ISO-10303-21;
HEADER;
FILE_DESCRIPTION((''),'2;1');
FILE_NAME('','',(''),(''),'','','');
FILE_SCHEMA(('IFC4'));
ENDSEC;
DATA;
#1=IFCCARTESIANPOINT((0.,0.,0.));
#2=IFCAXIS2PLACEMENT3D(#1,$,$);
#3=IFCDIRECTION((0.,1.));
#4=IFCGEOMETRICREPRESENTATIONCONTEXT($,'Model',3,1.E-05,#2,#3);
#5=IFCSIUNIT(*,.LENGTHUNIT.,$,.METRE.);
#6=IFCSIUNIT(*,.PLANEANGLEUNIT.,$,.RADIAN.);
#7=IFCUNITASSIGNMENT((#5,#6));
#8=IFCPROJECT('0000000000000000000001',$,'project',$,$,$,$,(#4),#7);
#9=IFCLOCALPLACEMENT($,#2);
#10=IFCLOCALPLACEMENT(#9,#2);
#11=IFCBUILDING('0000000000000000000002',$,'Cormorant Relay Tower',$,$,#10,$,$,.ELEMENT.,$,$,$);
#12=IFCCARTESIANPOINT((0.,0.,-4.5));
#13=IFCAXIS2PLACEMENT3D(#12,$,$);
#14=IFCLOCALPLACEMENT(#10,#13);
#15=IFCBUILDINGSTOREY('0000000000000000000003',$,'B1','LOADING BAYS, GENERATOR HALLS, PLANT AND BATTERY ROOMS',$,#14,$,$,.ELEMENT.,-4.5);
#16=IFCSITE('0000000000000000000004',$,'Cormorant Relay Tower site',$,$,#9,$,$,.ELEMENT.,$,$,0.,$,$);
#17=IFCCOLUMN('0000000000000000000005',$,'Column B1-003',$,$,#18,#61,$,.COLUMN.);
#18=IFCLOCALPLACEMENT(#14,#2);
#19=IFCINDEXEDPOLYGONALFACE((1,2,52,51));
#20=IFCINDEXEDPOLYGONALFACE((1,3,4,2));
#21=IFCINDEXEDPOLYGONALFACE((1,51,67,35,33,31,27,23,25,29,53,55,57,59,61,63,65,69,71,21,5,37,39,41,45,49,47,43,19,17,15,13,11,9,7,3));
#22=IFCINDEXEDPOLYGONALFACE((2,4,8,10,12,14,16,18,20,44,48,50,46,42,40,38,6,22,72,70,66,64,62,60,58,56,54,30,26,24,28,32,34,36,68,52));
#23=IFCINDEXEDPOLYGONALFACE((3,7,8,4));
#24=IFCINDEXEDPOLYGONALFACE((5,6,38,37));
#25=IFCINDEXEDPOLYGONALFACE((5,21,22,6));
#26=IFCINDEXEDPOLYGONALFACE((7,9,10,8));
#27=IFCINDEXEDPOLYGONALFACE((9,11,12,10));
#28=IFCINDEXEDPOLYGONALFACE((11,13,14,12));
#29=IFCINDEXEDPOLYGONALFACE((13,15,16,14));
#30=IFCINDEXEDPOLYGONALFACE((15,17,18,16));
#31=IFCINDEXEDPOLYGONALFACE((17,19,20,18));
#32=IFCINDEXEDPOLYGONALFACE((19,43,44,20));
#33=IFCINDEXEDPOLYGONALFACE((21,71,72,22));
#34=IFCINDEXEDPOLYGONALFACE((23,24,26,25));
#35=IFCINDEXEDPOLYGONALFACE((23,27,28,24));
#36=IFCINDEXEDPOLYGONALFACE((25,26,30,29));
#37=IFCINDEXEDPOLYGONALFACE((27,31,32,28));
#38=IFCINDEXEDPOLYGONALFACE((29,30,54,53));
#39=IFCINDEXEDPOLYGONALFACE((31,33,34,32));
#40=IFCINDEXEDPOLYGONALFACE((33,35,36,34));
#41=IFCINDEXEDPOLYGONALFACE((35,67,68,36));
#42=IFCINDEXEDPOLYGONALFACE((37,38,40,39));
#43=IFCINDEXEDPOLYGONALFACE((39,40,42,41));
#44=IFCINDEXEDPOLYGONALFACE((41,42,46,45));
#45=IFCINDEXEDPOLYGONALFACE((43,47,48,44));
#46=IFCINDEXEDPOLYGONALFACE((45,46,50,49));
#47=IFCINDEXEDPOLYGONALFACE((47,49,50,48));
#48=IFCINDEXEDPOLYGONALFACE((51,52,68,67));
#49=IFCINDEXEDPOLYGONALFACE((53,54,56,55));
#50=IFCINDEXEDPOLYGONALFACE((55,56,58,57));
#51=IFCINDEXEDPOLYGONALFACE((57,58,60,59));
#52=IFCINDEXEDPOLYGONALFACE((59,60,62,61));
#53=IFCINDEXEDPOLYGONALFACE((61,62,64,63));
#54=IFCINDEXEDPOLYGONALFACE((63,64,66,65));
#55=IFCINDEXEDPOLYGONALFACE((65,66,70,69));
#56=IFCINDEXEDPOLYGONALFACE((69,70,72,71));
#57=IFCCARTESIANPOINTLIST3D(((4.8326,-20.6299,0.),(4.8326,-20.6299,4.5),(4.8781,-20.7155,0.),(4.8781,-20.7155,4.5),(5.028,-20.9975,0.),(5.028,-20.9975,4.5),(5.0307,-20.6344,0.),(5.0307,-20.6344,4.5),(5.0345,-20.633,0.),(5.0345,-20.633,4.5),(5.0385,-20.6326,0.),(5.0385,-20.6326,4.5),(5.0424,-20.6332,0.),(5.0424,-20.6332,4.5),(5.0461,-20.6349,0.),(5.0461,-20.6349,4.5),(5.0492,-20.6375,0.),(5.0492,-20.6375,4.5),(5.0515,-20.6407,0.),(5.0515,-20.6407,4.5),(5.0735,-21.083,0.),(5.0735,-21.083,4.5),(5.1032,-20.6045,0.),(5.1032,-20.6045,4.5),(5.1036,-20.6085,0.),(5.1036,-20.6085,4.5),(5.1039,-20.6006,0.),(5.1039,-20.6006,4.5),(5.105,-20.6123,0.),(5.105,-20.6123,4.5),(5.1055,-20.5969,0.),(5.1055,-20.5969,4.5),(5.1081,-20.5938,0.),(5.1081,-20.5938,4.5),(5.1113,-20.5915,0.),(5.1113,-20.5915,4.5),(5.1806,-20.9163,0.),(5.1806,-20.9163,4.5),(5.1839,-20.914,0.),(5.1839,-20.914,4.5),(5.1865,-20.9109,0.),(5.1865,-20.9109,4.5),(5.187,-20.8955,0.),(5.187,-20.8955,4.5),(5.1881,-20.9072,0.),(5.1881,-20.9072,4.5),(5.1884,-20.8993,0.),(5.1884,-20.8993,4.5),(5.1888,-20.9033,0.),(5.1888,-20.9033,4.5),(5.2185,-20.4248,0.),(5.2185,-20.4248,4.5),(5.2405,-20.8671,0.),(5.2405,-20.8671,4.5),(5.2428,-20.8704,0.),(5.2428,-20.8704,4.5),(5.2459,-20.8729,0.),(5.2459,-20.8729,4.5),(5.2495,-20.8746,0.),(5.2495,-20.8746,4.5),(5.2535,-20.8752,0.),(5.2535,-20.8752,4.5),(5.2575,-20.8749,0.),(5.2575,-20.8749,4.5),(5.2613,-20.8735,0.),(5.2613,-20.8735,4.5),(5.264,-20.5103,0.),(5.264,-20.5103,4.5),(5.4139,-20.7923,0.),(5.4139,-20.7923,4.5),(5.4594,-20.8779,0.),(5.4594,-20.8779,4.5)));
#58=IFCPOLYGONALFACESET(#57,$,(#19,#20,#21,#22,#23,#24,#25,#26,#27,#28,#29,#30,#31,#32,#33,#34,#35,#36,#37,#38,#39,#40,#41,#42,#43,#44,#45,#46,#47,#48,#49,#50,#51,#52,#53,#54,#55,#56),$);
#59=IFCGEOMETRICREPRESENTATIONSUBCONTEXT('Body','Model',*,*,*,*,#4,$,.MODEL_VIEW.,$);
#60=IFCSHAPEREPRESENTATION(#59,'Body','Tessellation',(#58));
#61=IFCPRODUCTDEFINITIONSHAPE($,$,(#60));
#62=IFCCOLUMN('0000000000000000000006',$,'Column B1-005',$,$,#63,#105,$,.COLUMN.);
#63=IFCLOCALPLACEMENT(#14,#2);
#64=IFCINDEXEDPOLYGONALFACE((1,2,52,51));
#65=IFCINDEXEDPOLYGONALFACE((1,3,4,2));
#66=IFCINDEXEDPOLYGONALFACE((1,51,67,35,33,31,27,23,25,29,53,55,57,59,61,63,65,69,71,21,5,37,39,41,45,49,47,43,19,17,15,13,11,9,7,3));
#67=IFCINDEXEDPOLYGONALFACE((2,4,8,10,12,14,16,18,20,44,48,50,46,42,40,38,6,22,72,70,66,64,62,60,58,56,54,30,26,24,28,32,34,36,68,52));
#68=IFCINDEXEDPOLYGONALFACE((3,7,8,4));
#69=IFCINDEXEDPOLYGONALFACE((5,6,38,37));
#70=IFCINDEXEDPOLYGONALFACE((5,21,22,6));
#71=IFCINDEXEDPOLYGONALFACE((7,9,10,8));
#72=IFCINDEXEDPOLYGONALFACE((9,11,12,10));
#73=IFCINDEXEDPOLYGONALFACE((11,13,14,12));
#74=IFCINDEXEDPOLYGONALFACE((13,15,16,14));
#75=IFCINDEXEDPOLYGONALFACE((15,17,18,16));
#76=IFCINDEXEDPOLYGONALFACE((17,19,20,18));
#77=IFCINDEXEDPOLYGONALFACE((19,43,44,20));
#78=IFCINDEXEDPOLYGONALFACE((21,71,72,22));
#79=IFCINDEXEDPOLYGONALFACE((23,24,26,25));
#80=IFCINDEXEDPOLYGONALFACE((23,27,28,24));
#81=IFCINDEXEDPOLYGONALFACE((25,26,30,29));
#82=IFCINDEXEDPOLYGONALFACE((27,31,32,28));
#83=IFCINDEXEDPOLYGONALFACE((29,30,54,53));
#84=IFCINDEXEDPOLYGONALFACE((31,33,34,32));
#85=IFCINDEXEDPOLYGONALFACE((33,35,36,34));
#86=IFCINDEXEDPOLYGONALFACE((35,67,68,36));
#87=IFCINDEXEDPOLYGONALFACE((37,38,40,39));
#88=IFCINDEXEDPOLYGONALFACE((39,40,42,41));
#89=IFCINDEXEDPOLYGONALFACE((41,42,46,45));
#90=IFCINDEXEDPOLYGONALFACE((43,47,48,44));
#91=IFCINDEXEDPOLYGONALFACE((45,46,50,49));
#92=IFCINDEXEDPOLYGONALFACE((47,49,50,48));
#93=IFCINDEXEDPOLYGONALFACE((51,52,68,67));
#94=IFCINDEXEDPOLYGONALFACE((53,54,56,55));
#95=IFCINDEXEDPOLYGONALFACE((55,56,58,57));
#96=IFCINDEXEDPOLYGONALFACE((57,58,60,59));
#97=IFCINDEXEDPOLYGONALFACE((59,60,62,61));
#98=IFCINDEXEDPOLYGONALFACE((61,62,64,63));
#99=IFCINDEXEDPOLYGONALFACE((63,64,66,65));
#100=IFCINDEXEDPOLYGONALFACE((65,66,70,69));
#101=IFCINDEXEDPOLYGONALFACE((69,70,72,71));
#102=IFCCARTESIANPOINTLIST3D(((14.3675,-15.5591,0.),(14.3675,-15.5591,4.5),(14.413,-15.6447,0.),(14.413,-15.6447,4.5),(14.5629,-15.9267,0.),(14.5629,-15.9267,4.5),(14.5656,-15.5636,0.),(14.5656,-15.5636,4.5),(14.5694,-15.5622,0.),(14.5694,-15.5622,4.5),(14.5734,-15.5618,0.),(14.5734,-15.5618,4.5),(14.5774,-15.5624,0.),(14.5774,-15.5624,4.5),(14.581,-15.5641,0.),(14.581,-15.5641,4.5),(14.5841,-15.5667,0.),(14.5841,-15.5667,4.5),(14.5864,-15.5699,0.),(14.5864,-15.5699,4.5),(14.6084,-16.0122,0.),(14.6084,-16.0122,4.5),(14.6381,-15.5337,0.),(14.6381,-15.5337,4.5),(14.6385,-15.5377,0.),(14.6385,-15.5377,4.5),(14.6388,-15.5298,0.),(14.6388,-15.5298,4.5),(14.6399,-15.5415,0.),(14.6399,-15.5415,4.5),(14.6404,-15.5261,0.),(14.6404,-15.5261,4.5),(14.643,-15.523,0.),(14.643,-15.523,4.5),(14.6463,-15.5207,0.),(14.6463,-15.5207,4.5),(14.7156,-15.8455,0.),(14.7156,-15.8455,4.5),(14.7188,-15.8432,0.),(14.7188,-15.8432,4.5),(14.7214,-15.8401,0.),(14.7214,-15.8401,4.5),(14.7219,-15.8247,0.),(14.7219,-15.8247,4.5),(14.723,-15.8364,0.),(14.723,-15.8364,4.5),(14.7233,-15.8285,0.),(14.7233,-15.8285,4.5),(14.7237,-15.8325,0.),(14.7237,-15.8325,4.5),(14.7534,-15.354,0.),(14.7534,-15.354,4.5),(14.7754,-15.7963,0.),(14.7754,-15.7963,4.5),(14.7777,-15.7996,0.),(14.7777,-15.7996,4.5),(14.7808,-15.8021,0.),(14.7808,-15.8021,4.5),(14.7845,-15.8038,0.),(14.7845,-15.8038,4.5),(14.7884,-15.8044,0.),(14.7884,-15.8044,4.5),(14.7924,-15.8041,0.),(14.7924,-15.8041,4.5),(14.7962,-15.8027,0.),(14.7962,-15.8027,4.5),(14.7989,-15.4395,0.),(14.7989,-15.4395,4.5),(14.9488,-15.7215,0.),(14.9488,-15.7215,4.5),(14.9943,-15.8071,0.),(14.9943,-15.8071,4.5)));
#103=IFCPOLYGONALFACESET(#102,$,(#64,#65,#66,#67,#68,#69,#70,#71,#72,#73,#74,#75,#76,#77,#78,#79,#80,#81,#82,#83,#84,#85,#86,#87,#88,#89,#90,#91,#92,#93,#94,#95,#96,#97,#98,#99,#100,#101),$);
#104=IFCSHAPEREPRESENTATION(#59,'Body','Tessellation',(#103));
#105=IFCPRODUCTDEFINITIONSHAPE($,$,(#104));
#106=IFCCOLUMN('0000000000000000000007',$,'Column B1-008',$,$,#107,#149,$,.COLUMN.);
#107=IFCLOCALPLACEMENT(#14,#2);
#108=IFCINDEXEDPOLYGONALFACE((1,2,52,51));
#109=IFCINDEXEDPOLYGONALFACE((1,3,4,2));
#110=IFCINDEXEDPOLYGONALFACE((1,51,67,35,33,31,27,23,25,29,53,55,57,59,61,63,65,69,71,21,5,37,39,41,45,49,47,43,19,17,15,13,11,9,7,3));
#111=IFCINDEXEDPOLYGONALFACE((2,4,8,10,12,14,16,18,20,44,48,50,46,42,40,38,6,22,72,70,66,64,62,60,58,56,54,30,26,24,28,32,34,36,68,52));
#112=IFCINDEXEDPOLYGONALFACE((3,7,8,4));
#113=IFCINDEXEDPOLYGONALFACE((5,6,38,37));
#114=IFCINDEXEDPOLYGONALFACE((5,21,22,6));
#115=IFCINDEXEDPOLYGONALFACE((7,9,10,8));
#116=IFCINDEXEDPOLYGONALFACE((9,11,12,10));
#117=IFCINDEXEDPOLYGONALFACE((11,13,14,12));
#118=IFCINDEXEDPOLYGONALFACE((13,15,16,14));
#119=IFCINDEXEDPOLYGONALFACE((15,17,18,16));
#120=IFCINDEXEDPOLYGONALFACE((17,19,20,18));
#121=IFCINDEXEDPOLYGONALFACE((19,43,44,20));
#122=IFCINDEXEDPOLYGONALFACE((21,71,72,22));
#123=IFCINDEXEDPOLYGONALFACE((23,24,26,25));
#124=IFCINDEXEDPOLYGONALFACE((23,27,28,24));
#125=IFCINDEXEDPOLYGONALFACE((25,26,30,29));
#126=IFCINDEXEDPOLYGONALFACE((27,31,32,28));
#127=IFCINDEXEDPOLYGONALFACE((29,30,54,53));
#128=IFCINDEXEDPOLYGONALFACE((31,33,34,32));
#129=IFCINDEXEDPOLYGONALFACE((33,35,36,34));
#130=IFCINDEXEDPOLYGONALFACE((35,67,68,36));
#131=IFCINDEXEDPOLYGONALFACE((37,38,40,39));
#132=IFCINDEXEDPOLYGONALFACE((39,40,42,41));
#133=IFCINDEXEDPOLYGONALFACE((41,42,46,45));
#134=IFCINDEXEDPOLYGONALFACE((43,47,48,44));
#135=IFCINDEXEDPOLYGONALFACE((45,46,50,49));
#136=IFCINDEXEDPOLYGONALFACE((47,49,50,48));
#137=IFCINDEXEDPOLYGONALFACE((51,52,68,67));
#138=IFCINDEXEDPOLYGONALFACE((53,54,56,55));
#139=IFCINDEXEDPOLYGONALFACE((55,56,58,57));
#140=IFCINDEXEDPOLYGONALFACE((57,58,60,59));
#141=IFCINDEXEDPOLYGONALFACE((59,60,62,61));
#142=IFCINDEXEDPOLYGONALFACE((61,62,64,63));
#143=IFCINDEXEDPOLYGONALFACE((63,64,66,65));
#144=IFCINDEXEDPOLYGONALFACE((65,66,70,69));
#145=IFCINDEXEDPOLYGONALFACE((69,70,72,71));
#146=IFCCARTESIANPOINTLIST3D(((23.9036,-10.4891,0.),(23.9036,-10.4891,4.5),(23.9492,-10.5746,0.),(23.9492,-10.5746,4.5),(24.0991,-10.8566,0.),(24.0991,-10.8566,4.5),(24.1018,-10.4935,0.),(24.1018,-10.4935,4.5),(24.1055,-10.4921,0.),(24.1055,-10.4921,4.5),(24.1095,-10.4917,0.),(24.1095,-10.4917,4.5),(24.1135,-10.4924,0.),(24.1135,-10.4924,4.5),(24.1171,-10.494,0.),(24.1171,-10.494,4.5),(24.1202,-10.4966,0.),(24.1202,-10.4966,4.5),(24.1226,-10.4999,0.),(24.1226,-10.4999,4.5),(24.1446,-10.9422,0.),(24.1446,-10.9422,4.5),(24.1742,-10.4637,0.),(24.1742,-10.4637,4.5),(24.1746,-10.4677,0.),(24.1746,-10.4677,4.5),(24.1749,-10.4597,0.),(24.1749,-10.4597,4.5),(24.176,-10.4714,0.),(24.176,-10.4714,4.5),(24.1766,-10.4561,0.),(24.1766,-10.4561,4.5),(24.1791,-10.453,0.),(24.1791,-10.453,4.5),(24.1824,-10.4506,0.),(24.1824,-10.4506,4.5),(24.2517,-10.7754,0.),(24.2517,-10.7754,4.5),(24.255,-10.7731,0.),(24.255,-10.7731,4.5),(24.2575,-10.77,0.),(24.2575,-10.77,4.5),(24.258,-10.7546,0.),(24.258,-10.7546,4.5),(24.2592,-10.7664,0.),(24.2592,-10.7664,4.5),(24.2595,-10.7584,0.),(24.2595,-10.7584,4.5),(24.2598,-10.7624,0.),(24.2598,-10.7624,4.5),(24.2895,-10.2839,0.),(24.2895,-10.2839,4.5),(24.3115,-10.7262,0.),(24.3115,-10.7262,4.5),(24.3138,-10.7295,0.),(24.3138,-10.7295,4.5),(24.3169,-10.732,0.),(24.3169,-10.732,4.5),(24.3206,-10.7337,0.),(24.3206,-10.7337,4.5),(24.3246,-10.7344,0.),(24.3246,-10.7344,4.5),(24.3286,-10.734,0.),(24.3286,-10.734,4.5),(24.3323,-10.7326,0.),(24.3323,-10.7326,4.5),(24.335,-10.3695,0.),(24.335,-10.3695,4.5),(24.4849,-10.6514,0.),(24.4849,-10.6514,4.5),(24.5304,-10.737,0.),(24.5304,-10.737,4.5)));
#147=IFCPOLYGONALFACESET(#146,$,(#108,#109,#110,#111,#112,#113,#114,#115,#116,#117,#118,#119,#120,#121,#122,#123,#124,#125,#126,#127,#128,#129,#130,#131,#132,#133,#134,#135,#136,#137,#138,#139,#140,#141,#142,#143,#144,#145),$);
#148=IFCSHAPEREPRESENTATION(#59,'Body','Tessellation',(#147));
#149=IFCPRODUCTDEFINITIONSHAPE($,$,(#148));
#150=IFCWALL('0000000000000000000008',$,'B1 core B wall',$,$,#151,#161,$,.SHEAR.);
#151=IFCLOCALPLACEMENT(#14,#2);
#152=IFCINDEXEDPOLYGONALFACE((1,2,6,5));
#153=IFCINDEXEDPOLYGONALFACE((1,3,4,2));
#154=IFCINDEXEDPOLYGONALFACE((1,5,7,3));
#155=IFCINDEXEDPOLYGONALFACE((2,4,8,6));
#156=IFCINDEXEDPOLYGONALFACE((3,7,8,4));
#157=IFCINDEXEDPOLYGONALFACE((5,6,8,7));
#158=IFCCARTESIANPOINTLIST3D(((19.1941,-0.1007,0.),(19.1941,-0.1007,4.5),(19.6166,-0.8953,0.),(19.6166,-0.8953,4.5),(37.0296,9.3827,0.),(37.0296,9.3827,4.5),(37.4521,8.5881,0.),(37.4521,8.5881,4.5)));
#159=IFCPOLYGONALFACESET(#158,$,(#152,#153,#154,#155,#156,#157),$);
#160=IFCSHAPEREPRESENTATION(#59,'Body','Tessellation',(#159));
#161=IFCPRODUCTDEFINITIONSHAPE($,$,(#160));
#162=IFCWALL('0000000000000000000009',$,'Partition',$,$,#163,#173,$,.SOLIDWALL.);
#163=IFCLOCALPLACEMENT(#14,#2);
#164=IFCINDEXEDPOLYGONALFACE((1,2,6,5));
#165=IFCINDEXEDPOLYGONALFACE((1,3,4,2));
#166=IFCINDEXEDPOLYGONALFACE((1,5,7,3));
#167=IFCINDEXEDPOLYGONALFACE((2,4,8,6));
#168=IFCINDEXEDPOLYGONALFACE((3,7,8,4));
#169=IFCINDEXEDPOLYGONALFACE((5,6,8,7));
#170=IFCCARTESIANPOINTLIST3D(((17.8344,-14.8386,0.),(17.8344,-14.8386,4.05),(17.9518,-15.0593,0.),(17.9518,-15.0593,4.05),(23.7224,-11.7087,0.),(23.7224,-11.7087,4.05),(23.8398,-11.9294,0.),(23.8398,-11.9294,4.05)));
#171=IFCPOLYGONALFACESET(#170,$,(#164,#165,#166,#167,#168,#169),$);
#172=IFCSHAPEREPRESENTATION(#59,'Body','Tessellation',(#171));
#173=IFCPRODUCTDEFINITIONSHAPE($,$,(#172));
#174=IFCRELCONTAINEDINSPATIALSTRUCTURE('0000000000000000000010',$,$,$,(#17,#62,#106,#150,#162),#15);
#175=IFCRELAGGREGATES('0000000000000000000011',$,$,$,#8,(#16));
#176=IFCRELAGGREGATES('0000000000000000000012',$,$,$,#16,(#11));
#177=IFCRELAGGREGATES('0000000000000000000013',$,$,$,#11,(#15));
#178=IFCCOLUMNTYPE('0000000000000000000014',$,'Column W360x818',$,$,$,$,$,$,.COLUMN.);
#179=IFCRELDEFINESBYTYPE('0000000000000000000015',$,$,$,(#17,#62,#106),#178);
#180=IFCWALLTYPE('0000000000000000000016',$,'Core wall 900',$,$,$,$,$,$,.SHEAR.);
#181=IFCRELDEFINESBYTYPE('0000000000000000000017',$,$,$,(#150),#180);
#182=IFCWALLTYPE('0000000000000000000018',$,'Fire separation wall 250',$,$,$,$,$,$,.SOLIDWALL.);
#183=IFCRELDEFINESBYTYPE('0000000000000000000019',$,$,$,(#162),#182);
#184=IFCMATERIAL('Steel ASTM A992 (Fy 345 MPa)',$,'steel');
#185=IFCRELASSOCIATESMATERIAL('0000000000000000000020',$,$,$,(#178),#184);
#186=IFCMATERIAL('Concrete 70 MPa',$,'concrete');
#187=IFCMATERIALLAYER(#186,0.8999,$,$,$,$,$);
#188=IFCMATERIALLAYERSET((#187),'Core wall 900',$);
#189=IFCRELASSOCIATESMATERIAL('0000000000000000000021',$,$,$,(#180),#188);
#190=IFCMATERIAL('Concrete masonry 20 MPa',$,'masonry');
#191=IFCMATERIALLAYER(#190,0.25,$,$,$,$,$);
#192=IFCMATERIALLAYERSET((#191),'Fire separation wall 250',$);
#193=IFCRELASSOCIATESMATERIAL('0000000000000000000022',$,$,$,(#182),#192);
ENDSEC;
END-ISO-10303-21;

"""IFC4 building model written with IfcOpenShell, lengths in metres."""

from ifc_helpers import new_model, si_unit, direction, frame, frame_2d, origin, origin_2d, place, context, subcontext, project, spatial, rectangle, i_section, extrude, material, layer, layer_set, material_profile, profile_set, type_object, element, save


model = new_model("IFC4")

# Units and contexts
model_context = context("Model", 3, precision=1e-05, world=origin(), true_north=direction((0.0, 1.0)))
body_context = subcontext(model_context, "Body", "Model", "MODEL_VIEW")
ifc_project = project(units=[si_unit("LENGTHUNIT", "METRE"), si_unit("PLANEANGLEUNIT", "RADIAN")], contexts=[model_context])

# Site, building, storey
site_placement = place(None, origin())
site = spatial("IfcSite", under=ifc_project, at=site_placement, Name="Cormorant Relay Tower site", CompositionType="ELEMENT", RefElevation=0.0)
building_placement = place(site_placement, origin())
building = spatial("IfcBuilding", under=site, at=building_placement, Name="Cormorant Relay Tower", CompositionType="ELEMENT")
storey_placement = place(building_placement, frame((0.0, 0.0, -4.5)))
storey = spatial("IfcBuildingStorey", under=building, at=storey_placement, Name="B1", Description="LOADING BAYS, GENERATOR HALLS, PLANT AND BATTERY ROOMS", CompositionType="ELEMENT", Elevation=-4.5)

# Columns
ifc_material_1 = material(Name="Steel ASTM A992 (Fy 345 MPa)", Category="steel")
ifc_material_profile_1 = material_profile(ifc_material_1, i_section(OverallWidth=0.437, OverallDepth=0.5132, WebThickness=0.0605, FlangeThickness=0.0969, FilletRadius=0.0154, at=origin_2d()), Name="W360x818")
ifc_profile_set_1 = profile_set([ifc_material_profile_1], Name="Steel ASTM A992 (Fy 345 MPa)")
column_type_1 = type_object("IfcColumnType", Name="Column W360x818", PredefinedType="COLUMN", material=ifc_profile_set_1)
for number, where, z_axis, x_axis, name in (
    (1, (5.146, -20.7539, 0.0), (0.0, 0.0, 1.0), (0.882948, 0.469472, 0.0), "Column B1-003"),
    (2, (14.6809, -15.6831, 0.0), (0.0, 0.0, 1.0), (0.882948, 0.469472, 0.0), "Column B1-005"),
    (3, (24.217, -10.613, 0.0), (0.0, 0.0, 1.0), (0.882948, 0.469472, 0.0), "Column B1-008"),
):
    element("IfcColumn", number, at=place(storey_placement, frame(where, z_axis=z_axis, x_axis=x_axis)), inside=storey, type_object=column_type_1, Name=name, PredefinedType="COLUMN", context=body_context, shape_type="SweptSolid", body=[
        extrude(i_section(OverallWidth=0.437, OverallDepth=0.5132, WebThickness=0.0605, FlangeThickness=0.0969, FilletRadius=0.0154, at=origin_2d()), origin(), (0.0, 0.0, 1.0), 4.5),
    ])

# Shared definitions
ifc_material_2 = material(Name="Concrete 70 MPa", Category="concrete")
ifc_layer_1 = layer(ifc_material_2, 0.8999)
ifc_layer_set_1 = layer_set([ifc_layer_1], Name="Core wall 900")
wall_type_1 = type_object("IfcWallType", Name="Core wall 900", PredefinedType="SHEAR", material=ifc_layer_set_1)

# Walls
wall_1_placement = place(storey_placement, frame((19.4053, -0.498, 0.0), z_axis=(0.0, 0.0, 1.0), x_axis=(0.882945, 0.469476, 0.0)))
element("IfcWall", 4, at=wall_1_placement, inside=storey, type_object=wall_type_1, Name="B1 core B wall", PredefinedType="SHEAR", context=body_context, shape_type="SweptSolid", body=[
    extrude(rectangle(XDim=20.2, YDim=0.8999, at=frame_2d((10.1001, 0.0))), origin(), (0.0, 0.0, 1.0), 4.5),
])
ifc_material_3 = material(Name="Concrete masonry 20 MPa", Category="masonry")
ifc_layer_2 = layer(ifc_material_3, 0.25)
ifc_layer_set_2 = layer_set([ifc_layer_2], Name="Fire separation wall 250")
wall_type_2 = type_object("IfcWallType", Name="Fire separation wall 250", PredefinedType="SOLIDWALL", material=ifc_layer_set_2)
wall_2_placement = place(storey_placement, frame((23.781, -11.8191, 0.0), z_axis=(0.0, 0.0, 1.0), x_axis=(-0.882997, -0.469379, 0.0)))
element("IfcWall", 5, at=wall_2_placement, inside=storey, type_object=wall_type_2, Name="Partition", PredefinedType="SOLIDWALL", context=body_context, shape_type="SweptSolid", body=[
    extrude(rectangle(XDim=6.6682, YDim=0.25, at=frame_2d((3.334, 0.0))), origin(), (0.0, 0.0, 1.0), 4.05),
])

save(model, "model.ifc")
